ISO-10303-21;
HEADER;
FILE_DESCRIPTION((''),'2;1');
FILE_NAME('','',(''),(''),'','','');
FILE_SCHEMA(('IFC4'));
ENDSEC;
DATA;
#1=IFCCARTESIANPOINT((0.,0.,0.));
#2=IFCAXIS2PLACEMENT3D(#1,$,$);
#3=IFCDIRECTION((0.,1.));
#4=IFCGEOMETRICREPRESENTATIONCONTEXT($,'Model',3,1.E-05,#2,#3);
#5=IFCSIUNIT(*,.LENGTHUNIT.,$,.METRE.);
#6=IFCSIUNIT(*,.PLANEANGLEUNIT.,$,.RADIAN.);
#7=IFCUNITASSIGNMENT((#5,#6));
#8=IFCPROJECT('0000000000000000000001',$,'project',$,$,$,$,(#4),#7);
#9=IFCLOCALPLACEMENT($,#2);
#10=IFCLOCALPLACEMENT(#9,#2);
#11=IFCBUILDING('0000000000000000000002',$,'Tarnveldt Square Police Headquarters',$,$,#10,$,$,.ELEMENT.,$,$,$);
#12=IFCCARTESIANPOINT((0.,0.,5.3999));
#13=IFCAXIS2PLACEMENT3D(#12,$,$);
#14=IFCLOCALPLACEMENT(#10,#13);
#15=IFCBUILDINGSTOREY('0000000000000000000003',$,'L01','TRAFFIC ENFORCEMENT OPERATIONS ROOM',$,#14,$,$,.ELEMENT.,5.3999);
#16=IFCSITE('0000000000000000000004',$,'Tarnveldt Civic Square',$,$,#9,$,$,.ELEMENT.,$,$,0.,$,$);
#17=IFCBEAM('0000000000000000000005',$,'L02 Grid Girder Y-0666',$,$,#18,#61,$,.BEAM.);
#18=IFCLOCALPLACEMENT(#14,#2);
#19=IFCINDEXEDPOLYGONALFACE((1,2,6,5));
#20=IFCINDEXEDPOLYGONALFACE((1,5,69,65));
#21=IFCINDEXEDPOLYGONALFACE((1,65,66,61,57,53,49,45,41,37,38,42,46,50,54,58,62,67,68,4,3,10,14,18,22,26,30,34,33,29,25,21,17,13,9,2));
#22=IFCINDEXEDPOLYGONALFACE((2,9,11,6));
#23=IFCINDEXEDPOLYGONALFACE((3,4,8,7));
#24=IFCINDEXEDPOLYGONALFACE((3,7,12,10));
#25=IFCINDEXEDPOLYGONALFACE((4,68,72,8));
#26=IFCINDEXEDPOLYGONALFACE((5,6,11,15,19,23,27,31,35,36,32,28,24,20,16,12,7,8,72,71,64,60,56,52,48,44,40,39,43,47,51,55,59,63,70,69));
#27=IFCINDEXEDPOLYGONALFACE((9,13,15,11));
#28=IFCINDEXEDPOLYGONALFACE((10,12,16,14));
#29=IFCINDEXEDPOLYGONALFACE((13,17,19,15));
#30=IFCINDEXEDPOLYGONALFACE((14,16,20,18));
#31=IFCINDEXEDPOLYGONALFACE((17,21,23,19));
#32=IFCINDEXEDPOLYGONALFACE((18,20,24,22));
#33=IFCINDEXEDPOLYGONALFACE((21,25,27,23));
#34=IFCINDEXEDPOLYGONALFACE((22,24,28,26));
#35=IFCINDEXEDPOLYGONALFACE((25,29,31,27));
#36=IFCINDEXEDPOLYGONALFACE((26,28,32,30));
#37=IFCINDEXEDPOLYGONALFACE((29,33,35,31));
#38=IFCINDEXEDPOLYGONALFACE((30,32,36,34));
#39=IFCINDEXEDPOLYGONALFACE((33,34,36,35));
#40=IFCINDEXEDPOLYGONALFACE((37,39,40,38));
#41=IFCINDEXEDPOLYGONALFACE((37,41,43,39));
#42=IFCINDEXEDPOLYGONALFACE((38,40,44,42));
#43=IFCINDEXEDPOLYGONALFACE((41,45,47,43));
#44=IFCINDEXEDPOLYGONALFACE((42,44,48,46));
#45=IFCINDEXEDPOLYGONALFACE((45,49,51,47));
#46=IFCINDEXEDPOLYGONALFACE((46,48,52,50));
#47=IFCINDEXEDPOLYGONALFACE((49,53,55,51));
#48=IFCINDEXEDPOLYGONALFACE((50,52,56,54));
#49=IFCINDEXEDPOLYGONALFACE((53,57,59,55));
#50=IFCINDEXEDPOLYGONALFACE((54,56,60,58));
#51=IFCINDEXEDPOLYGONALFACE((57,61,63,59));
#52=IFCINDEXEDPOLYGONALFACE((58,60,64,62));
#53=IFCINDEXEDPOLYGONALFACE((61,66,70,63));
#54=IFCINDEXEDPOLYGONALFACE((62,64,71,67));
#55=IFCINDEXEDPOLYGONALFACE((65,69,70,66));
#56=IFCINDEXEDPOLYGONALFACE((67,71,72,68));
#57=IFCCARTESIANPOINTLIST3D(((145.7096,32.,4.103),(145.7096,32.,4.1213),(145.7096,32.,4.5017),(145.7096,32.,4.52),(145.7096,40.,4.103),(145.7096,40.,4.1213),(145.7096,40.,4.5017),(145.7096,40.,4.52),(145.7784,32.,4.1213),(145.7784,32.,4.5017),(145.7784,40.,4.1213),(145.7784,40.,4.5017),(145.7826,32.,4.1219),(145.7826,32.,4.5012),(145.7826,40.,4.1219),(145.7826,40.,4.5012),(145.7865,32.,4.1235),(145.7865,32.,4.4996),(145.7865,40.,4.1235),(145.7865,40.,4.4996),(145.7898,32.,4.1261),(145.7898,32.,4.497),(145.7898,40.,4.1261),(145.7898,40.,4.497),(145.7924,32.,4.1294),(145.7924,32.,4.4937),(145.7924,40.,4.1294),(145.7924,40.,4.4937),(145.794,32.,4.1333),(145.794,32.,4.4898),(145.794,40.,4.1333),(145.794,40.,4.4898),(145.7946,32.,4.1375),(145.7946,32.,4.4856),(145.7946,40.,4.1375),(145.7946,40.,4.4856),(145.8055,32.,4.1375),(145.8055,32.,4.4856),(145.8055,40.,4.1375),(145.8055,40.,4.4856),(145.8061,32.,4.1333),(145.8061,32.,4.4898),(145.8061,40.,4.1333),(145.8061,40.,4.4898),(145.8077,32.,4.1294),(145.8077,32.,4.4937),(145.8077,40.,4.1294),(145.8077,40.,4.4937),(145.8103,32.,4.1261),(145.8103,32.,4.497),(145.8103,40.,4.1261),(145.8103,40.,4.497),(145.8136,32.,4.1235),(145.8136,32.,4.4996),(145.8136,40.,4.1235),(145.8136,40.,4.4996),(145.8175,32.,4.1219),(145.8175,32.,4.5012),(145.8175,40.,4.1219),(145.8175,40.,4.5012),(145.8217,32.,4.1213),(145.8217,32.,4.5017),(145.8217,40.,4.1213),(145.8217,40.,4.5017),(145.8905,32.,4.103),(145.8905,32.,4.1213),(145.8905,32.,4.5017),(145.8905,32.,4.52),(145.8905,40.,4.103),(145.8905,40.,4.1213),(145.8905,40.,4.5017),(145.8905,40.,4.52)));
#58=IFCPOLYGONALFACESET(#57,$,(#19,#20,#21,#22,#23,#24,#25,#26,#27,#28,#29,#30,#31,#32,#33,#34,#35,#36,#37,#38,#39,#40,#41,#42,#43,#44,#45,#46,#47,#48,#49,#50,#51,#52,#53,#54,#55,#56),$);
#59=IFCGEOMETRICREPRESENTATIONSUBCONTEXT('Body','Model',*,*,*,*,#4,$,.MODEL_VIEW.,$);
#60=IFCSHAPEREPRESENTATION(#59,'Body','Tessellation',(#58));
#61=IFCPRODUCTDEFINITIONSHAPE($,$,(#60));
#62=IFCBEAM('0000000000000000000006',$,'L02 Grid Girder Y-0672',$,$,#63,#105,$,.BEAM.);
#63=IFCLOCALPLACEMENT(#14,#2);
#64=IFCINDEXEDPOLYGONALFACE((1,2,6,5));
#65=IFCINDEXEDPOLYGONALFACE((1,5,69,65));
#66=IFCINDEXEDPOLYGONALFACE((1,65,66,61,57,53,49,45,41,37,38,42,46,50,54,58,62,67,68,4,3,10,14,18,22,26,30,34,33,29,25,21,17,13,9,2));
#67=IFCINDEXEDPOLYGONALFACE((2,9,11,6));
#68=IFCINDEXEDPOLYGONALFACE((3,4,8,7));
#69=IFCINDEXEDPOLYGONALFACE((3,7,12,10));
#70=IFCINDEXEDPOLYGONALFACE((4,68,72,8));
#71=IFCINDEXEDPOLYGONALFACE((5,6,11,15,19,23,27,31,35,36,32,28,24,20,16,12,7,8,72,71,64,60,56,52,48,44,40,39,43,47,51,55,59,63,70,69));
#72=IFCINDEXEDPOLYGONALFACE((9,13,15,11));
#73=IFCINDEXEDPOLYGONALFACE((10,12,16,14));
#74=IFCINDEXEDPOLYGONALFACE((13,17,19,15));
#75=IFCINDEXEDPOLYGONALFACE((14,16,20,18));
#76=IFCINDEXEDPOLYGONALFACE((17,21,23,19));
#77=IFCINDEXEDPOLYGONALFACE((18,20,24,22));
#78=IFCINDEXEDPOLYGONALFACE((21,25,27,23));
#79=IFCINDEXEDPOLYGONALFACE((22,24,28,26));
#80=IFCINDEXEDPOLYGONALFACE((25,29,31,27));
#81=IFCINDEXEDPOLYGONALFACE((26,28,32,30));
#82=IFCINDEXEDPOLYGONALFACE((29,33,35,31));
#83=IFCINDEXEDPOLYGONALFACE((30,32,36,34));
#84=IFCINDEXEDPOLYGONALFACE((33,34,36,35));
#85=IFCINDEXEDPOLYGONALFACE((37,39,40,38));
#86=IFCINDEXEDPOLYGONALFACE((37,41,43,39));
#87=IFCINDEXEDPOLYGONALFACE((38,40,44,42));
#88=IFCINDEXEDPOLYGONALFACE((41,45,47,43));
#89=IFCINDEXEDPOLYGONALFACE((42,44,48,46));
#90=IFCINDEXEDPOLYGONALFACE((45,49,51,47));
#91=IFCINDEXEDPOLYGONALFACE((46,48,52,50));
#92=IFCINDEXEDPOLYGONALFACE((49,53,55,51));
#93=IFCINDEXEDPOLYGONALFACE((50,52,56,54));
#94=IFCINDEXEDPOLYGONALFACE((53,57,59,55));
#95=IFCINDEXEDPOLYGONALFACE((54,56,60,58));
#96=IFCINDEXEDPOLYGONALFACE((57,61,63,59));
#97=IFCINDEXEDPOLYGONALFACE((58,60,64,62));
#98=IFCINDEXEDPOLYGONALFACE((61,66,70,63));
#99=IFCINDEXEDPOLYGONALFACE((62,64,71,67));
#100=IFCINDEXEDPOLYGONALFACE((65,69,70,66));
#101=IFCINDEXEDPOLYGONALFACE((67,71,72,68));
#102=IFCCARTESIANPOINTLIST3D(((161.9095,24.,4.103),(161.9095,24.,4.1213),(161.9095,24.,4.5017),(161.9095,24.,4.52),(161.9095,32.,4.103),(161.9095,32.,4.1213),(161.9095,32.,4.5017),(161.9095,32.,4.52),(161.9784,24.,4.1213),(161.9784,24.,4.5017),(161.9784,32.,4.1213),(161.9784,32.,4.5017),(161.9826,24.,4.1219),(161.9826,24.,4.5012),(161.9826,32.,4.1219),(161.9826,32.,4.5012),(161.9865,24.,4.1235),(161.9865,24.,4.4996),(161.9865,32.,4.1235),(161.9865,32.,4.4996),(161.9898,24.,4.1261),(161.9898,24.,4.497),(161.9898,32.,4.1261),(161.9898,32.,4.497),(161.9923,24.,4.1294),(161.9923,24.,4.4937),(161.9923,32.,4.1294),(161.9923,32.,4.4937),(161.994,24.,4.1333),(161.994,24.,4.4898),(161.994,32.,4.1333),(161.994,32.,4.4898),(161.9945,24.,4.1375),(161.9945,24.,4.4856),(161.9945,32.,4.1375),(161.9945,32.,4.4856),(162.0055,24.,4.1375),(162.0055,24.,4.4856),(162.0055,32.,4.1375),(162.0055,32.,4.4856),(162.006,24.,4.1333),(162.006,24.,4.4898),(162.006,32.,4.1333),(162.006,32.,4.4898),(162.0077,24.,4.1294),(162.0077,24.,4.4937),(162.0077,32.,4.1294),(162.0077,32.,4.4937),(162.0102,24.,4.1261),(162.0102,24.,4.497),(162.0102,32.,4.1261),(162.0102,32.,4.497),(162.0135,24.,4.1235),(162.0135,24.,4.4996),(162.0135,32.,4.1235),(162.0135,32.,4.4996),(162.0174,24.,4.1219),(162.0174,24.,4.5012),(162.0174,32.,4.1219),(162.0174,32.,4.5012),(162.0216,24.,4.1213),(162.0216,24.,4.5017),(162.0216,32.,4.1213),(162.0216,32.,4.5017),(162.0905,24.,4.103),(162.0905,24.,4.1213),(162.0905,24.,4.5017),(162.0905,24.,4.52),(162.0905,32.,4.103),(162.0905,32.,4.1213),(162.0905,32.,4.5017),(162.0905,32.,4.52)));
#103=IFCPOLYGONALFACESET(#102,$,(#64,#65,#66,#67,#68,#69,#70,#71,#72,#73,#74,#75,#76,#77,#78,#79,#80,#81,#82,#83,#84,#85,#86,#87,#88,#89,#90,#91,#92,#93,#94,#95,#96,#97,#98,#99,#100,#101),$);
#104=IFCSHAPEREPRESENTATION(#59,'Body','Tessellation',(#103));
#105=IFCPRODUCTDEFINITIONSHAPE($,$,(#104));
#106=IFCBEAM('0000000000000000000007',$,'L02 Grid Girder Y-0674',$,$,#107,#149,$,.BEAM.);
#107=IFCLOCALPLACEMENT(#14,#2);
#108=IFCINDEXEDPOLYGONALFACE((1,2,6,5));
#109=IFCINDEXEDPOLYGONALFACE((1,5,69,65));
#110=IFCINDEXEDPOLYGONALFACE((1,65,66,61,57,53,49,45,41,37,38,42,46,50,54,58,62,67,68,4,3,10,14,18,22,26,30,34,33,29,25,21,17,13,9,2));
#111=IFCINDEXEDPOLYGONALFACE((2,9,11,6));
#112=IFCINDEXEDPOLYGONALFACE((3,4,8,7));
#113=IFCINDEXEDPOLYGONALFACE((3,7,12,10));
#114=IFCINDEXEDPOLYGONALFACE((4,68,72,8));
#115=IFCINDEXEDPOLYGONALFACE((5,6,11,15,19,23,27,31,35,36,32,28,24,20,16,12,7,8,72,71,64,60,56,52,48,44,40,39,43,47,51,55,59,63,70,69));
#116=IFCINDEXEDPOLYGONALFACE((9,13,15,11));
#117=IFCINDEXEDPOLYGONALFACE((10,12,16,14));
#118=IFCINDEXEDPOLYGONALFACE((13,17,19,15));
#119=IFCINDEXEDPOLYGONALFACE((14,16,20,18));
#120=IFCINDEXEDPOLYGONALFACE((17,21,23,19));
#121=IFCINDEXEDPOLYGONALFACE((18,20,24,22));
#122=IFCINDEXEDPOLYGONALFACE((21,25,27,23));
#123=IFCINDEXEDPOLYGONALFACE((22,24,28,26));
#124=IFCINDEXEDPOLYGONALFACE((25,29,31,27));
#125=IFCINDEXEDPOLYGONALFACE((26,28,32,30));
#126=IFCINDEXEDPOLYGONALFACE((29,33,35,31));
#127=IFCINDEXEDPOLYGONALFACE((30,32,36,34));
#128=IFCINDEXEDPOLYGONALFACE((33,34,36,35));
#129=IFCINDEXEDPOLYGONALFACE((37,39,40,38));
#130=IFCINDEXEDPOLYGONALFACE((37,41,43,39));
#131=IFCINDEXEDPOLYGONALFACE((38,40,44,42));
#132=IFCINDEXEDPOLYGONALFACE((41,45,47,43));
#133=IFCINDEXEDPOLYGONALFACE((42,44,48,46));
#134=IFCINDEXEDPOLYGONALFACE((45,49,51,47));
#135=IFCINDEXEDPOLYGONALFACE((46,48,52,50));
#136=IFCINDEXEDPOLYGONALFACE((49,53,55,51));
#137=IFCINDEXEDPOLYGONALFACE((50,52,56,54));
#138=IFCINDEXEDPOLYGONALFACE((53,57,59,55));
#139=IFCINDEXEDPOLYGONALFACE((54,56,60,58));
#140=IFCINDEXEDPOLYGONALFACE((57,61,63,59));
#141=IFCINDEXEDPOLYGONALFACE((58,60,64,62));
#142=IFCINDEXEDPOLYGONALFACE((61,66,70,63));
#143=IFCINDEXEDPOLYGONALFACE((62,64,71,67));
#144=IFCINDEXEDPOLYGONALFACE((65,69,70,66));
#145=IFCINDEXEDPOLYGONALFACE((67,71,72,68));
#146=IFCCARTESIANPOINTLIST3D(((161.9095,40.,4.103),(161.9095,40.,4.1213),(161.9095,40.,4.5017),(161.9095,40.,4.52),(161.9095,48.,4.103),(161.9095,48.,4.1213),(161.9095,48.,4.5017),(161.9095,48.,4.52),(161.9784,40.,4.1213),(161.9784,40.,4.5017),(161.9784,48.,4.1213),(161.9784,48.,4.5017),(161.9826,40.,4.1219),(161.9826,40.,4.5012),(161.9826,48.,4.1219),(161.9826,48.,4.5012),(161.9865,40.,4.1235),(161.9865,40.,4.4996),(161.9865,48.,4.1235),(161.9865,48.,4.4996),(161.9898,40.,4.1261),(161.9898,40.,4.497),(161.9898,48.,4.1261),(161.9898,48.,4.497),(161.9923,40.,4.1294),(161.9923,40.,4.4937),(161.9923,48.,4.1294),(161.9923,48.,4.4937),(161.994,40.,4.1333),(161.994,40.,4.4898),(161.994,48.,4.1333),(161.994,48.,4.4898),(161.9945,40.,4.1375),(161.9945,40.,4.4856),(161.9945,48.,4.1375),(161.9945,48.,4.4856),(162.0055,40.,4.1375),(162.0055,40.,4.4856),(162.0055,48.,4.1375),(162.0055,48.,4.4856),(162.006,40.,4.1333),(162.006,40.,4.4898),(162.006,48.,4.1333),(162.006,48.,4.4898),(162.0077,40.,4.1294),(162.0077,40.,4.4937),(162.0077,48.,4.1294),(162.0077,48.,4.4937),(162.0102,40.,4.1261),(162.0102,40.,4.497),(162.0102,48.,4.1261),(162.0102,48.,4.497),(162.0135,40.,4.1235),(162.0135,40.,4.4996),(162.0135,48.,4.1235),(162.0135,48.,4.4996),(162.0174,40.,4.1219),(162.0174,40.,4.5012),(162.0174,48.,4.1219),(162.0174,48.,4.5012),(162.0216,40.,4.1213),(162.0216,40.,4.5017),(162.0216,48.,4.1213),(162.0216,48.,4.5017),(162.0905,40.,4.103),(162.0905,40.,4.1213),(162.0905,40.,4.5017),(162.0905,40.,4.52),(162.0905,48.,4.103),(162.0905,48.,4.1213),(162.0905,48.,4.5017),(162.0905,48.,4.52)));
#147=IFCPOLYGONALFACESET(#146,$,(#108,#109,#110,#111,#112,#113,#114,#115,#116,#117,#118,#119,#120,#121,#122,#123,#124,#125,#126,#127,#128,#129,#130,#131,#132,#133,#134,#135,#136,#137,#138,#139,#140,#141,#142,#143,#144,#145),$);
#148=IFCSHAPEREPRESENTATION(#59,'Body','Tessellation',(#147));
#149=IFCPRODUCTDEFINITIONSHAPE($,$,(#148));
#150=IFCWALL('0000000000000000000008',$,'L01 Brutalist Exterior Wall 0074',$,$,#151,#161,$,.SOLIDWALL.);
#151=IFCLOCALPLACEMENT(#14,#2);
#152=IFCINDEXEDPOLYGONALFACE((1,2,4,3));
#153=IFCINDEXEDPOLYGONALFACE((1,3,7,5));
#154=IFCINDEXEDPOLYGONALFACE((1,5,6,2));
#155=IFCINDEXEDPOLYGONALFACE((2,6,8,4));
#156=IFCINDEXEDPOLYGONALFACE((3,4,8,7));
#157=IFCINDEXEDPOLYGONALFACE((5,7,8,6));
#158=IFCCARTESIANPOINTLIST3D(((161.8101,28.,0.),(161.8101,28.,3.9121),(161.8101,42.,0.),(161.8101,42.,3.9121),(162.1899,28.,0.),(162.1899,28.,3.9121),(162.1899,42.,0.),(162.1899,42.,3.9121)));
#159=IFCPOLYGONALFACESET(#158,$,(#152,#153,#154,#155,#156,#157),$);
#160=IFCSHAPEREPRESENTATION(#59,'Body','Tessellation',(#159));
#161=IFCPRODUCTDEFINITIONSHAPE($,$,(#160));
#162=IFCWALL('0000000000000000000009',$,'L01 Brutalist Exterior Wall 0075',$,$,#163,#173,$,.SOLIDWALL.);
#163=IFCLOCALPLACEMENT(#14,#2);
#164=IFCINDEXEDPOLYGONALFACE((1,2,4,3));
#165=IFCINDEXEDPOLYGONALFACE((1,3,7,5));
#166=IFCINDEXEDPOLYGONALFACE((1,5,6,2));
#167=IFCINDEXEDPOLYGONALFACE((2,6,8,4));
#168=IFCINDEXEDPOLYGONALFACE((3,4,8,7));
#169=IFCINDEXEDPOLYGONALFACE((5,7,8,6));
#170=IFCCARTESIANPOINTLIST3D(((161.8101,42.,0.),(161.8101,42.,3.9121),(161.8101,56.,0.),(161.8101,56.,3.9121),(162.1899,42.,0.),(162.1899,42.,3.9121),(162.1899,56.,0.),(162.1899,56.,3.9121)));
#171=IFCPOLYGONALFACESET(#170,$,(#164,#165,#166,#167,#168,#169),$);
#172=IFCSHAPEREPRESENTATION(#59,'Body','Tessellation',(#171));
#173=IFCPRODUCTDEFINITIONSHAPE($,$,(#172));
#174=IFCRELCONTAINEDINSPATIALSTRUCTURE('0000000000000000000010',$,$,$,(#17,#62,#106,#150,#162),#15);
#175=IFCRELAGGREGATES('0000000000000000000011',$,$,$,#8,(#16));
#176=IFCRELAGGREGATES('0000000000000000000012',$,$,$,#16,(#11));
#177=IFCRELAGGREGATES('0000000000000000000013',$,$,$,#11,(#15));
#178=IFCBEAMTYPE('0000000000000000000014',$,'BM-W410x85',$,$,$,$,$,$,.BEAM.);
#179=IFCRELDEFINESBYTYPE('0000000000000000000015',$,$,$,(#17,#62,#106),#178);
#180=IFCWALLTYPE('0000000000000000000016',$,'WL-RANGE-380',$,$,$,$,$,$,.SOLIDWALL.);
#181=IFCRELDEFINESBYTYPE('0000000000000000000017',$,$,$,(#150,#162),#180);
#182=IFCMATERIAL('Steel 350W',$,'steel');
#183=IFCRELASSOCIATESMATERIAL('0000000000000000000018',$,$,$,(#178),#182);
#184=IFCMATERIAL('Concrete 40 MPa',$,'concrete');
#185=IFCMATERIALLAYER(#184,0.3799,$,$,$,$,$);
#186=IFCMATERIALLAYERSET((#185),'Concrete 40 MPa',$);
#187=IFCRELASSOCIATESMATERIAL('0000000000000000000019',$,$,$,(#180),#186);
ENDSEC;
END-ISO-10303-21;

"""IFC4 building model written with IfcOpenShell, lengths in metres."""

from ifc_helpers import new_model, si_unit, direction, frame, frame_2d, origin, origin_2d, place, context, subcontext, project, spatial, rectangle, i_section, extrude, material, layer, layer_set, material_profile, profile_set, type_object, element, save


model = new_model("IFC4")

# Units and contexts
model_context = context("Model", 3, precision=1e-05, world=origin(), true_north=direction((0.0, 1.0)))
body_context = subcontext(model_context, "Body", "Model", "MODEL_VIEW")
ifc_project = project(units=[si_unit("LENGTHUNIT", "METRE"), si_unit("PLANEANGLEUNIT", "RADIAN")], contexts=[model_context])

# Site, building, storey
site_placement = place(None, origin())
site = spatial("IfcSite", under=ifc_project, at=site_placement, Name="Tarnveldt Civic Square", CompositionType="ELEMENT", RefElevation=0.0)
building_placement = place(site_placement, origin())
building = spatial("IfcBuilding", under=site, at=building_placement, Name="Tarnveldt Square Police Headquarters", CompositionType="ELEMENT")
storey_placement = place(building_placement, frame((0.0, 0.0, 5.3999)))
storey = spatial("IfcBuildingStorey", under=building, at=storey_placement, Name="L01", Description="TRAFFIC ENFORCEMENT OPERATIONS ROOM", CompositionType="ELEMENT", Elevation=5.3999)

# Shared definitions
ifc_material_1 = material(Name="Steel 350W", Category="steel")

# Beams
ifc_material_2 = material(Name="Concrete 40 MPa", Category="concrete")
ifc_material_profile_1 = material_profile(ifc_material_1, i_section(OverallWidth=0.1809, OverallDepth=0.417, WebThickness=0.011, FlangeThickness=0.0183, FilletRadius=0.0161, at=origin_2d()), Name="W410x85")
ifc_profile_set_1 = profile_set([ifc_material_profile_1], Name="Steel 350W")
beam_type_1 = type_object("IfcBeamType", Name="BM-W410x85", PredefinedType="BEAM", material=ifc_profile_set_1)
for number, where, z_axis, x_axis, name in (
    (1, (145.8, 32.0, 4.3115), (0.0, 1.0, 0.0), (-1.0, 0.0, 0.0), "L02 Grid Girder Y-0666"),
    (2, (162.0, 24.0, 4.3115), (0.0, 1.0, 0.0), (-1.0, 0.0, 0.0), "L02 Grid Girder Y-0672"),
    (3, (162.0, 40.0, 4.3115), (0.0, 1.0, 0.0), (-1.0, 0.0, 0.0), "L02 Grid Girder Y-0674"),
):
    element("IfcBeam", number, at=place(storey_placement, frame(where, z_axis=z_axis, x_axis=x_axis)), inside=storey, type_object=beam_type_1, Name=name, PredefinedType="BEAM", context=body_context, shape_type="SweptSolid", body=[
        extrude(i_section(OverallWidth=0.1809, OverallDepth=0.417, WebThickness=0.011, FlangeThickness=0.0183, FilletRadius=0.0161, at=origin_2d()), origin(), (0.0, 0.0, 1.0), 8.0),
    ])

# Walls
ifc_layer = layer(ifc_material_2, 0.3799)
ifc_layer_set = layer_set([ifc_layer], Name="Concrete 40 MPa")
wall_type = type_object("IfcWallType", Name="WL-RANGE-380", PredefinedType="SOLIDWALL", material=ifc_layer_set)
for number, where, z_axis, x_axis, name in (
    (4, (162.0, 28.0, 0.0), (0.0, 0.0, 1.0), (0.0, 1.0, 0.0), "L01 Brutalist Exterior Wall 0074"),
    (5, (162.0, 42.0, 0.0), (0.0, 0.0, 1.0), (0.0, 1.0, 0.0), "L01 Brutalist Exterior Wall 0075"),
):
    element("IfcWall", number, at=place(storey_placement, frame(where, z_axis=z_axis, x_axis=x_axis)), inside=storey, type_object=wall_type, Name=name, PredefinedType="SOLIDWALL", context=body_context, shape_type="SweptSolid", body=[
        extrude(rectangle(XDim=14.0, YDim=0.3799, at=frame_2d((7.0, 0.0))), origin(), (0.0, 0.0, 1.0), 3.9121),
    ])

save(model, "model.ifc")
